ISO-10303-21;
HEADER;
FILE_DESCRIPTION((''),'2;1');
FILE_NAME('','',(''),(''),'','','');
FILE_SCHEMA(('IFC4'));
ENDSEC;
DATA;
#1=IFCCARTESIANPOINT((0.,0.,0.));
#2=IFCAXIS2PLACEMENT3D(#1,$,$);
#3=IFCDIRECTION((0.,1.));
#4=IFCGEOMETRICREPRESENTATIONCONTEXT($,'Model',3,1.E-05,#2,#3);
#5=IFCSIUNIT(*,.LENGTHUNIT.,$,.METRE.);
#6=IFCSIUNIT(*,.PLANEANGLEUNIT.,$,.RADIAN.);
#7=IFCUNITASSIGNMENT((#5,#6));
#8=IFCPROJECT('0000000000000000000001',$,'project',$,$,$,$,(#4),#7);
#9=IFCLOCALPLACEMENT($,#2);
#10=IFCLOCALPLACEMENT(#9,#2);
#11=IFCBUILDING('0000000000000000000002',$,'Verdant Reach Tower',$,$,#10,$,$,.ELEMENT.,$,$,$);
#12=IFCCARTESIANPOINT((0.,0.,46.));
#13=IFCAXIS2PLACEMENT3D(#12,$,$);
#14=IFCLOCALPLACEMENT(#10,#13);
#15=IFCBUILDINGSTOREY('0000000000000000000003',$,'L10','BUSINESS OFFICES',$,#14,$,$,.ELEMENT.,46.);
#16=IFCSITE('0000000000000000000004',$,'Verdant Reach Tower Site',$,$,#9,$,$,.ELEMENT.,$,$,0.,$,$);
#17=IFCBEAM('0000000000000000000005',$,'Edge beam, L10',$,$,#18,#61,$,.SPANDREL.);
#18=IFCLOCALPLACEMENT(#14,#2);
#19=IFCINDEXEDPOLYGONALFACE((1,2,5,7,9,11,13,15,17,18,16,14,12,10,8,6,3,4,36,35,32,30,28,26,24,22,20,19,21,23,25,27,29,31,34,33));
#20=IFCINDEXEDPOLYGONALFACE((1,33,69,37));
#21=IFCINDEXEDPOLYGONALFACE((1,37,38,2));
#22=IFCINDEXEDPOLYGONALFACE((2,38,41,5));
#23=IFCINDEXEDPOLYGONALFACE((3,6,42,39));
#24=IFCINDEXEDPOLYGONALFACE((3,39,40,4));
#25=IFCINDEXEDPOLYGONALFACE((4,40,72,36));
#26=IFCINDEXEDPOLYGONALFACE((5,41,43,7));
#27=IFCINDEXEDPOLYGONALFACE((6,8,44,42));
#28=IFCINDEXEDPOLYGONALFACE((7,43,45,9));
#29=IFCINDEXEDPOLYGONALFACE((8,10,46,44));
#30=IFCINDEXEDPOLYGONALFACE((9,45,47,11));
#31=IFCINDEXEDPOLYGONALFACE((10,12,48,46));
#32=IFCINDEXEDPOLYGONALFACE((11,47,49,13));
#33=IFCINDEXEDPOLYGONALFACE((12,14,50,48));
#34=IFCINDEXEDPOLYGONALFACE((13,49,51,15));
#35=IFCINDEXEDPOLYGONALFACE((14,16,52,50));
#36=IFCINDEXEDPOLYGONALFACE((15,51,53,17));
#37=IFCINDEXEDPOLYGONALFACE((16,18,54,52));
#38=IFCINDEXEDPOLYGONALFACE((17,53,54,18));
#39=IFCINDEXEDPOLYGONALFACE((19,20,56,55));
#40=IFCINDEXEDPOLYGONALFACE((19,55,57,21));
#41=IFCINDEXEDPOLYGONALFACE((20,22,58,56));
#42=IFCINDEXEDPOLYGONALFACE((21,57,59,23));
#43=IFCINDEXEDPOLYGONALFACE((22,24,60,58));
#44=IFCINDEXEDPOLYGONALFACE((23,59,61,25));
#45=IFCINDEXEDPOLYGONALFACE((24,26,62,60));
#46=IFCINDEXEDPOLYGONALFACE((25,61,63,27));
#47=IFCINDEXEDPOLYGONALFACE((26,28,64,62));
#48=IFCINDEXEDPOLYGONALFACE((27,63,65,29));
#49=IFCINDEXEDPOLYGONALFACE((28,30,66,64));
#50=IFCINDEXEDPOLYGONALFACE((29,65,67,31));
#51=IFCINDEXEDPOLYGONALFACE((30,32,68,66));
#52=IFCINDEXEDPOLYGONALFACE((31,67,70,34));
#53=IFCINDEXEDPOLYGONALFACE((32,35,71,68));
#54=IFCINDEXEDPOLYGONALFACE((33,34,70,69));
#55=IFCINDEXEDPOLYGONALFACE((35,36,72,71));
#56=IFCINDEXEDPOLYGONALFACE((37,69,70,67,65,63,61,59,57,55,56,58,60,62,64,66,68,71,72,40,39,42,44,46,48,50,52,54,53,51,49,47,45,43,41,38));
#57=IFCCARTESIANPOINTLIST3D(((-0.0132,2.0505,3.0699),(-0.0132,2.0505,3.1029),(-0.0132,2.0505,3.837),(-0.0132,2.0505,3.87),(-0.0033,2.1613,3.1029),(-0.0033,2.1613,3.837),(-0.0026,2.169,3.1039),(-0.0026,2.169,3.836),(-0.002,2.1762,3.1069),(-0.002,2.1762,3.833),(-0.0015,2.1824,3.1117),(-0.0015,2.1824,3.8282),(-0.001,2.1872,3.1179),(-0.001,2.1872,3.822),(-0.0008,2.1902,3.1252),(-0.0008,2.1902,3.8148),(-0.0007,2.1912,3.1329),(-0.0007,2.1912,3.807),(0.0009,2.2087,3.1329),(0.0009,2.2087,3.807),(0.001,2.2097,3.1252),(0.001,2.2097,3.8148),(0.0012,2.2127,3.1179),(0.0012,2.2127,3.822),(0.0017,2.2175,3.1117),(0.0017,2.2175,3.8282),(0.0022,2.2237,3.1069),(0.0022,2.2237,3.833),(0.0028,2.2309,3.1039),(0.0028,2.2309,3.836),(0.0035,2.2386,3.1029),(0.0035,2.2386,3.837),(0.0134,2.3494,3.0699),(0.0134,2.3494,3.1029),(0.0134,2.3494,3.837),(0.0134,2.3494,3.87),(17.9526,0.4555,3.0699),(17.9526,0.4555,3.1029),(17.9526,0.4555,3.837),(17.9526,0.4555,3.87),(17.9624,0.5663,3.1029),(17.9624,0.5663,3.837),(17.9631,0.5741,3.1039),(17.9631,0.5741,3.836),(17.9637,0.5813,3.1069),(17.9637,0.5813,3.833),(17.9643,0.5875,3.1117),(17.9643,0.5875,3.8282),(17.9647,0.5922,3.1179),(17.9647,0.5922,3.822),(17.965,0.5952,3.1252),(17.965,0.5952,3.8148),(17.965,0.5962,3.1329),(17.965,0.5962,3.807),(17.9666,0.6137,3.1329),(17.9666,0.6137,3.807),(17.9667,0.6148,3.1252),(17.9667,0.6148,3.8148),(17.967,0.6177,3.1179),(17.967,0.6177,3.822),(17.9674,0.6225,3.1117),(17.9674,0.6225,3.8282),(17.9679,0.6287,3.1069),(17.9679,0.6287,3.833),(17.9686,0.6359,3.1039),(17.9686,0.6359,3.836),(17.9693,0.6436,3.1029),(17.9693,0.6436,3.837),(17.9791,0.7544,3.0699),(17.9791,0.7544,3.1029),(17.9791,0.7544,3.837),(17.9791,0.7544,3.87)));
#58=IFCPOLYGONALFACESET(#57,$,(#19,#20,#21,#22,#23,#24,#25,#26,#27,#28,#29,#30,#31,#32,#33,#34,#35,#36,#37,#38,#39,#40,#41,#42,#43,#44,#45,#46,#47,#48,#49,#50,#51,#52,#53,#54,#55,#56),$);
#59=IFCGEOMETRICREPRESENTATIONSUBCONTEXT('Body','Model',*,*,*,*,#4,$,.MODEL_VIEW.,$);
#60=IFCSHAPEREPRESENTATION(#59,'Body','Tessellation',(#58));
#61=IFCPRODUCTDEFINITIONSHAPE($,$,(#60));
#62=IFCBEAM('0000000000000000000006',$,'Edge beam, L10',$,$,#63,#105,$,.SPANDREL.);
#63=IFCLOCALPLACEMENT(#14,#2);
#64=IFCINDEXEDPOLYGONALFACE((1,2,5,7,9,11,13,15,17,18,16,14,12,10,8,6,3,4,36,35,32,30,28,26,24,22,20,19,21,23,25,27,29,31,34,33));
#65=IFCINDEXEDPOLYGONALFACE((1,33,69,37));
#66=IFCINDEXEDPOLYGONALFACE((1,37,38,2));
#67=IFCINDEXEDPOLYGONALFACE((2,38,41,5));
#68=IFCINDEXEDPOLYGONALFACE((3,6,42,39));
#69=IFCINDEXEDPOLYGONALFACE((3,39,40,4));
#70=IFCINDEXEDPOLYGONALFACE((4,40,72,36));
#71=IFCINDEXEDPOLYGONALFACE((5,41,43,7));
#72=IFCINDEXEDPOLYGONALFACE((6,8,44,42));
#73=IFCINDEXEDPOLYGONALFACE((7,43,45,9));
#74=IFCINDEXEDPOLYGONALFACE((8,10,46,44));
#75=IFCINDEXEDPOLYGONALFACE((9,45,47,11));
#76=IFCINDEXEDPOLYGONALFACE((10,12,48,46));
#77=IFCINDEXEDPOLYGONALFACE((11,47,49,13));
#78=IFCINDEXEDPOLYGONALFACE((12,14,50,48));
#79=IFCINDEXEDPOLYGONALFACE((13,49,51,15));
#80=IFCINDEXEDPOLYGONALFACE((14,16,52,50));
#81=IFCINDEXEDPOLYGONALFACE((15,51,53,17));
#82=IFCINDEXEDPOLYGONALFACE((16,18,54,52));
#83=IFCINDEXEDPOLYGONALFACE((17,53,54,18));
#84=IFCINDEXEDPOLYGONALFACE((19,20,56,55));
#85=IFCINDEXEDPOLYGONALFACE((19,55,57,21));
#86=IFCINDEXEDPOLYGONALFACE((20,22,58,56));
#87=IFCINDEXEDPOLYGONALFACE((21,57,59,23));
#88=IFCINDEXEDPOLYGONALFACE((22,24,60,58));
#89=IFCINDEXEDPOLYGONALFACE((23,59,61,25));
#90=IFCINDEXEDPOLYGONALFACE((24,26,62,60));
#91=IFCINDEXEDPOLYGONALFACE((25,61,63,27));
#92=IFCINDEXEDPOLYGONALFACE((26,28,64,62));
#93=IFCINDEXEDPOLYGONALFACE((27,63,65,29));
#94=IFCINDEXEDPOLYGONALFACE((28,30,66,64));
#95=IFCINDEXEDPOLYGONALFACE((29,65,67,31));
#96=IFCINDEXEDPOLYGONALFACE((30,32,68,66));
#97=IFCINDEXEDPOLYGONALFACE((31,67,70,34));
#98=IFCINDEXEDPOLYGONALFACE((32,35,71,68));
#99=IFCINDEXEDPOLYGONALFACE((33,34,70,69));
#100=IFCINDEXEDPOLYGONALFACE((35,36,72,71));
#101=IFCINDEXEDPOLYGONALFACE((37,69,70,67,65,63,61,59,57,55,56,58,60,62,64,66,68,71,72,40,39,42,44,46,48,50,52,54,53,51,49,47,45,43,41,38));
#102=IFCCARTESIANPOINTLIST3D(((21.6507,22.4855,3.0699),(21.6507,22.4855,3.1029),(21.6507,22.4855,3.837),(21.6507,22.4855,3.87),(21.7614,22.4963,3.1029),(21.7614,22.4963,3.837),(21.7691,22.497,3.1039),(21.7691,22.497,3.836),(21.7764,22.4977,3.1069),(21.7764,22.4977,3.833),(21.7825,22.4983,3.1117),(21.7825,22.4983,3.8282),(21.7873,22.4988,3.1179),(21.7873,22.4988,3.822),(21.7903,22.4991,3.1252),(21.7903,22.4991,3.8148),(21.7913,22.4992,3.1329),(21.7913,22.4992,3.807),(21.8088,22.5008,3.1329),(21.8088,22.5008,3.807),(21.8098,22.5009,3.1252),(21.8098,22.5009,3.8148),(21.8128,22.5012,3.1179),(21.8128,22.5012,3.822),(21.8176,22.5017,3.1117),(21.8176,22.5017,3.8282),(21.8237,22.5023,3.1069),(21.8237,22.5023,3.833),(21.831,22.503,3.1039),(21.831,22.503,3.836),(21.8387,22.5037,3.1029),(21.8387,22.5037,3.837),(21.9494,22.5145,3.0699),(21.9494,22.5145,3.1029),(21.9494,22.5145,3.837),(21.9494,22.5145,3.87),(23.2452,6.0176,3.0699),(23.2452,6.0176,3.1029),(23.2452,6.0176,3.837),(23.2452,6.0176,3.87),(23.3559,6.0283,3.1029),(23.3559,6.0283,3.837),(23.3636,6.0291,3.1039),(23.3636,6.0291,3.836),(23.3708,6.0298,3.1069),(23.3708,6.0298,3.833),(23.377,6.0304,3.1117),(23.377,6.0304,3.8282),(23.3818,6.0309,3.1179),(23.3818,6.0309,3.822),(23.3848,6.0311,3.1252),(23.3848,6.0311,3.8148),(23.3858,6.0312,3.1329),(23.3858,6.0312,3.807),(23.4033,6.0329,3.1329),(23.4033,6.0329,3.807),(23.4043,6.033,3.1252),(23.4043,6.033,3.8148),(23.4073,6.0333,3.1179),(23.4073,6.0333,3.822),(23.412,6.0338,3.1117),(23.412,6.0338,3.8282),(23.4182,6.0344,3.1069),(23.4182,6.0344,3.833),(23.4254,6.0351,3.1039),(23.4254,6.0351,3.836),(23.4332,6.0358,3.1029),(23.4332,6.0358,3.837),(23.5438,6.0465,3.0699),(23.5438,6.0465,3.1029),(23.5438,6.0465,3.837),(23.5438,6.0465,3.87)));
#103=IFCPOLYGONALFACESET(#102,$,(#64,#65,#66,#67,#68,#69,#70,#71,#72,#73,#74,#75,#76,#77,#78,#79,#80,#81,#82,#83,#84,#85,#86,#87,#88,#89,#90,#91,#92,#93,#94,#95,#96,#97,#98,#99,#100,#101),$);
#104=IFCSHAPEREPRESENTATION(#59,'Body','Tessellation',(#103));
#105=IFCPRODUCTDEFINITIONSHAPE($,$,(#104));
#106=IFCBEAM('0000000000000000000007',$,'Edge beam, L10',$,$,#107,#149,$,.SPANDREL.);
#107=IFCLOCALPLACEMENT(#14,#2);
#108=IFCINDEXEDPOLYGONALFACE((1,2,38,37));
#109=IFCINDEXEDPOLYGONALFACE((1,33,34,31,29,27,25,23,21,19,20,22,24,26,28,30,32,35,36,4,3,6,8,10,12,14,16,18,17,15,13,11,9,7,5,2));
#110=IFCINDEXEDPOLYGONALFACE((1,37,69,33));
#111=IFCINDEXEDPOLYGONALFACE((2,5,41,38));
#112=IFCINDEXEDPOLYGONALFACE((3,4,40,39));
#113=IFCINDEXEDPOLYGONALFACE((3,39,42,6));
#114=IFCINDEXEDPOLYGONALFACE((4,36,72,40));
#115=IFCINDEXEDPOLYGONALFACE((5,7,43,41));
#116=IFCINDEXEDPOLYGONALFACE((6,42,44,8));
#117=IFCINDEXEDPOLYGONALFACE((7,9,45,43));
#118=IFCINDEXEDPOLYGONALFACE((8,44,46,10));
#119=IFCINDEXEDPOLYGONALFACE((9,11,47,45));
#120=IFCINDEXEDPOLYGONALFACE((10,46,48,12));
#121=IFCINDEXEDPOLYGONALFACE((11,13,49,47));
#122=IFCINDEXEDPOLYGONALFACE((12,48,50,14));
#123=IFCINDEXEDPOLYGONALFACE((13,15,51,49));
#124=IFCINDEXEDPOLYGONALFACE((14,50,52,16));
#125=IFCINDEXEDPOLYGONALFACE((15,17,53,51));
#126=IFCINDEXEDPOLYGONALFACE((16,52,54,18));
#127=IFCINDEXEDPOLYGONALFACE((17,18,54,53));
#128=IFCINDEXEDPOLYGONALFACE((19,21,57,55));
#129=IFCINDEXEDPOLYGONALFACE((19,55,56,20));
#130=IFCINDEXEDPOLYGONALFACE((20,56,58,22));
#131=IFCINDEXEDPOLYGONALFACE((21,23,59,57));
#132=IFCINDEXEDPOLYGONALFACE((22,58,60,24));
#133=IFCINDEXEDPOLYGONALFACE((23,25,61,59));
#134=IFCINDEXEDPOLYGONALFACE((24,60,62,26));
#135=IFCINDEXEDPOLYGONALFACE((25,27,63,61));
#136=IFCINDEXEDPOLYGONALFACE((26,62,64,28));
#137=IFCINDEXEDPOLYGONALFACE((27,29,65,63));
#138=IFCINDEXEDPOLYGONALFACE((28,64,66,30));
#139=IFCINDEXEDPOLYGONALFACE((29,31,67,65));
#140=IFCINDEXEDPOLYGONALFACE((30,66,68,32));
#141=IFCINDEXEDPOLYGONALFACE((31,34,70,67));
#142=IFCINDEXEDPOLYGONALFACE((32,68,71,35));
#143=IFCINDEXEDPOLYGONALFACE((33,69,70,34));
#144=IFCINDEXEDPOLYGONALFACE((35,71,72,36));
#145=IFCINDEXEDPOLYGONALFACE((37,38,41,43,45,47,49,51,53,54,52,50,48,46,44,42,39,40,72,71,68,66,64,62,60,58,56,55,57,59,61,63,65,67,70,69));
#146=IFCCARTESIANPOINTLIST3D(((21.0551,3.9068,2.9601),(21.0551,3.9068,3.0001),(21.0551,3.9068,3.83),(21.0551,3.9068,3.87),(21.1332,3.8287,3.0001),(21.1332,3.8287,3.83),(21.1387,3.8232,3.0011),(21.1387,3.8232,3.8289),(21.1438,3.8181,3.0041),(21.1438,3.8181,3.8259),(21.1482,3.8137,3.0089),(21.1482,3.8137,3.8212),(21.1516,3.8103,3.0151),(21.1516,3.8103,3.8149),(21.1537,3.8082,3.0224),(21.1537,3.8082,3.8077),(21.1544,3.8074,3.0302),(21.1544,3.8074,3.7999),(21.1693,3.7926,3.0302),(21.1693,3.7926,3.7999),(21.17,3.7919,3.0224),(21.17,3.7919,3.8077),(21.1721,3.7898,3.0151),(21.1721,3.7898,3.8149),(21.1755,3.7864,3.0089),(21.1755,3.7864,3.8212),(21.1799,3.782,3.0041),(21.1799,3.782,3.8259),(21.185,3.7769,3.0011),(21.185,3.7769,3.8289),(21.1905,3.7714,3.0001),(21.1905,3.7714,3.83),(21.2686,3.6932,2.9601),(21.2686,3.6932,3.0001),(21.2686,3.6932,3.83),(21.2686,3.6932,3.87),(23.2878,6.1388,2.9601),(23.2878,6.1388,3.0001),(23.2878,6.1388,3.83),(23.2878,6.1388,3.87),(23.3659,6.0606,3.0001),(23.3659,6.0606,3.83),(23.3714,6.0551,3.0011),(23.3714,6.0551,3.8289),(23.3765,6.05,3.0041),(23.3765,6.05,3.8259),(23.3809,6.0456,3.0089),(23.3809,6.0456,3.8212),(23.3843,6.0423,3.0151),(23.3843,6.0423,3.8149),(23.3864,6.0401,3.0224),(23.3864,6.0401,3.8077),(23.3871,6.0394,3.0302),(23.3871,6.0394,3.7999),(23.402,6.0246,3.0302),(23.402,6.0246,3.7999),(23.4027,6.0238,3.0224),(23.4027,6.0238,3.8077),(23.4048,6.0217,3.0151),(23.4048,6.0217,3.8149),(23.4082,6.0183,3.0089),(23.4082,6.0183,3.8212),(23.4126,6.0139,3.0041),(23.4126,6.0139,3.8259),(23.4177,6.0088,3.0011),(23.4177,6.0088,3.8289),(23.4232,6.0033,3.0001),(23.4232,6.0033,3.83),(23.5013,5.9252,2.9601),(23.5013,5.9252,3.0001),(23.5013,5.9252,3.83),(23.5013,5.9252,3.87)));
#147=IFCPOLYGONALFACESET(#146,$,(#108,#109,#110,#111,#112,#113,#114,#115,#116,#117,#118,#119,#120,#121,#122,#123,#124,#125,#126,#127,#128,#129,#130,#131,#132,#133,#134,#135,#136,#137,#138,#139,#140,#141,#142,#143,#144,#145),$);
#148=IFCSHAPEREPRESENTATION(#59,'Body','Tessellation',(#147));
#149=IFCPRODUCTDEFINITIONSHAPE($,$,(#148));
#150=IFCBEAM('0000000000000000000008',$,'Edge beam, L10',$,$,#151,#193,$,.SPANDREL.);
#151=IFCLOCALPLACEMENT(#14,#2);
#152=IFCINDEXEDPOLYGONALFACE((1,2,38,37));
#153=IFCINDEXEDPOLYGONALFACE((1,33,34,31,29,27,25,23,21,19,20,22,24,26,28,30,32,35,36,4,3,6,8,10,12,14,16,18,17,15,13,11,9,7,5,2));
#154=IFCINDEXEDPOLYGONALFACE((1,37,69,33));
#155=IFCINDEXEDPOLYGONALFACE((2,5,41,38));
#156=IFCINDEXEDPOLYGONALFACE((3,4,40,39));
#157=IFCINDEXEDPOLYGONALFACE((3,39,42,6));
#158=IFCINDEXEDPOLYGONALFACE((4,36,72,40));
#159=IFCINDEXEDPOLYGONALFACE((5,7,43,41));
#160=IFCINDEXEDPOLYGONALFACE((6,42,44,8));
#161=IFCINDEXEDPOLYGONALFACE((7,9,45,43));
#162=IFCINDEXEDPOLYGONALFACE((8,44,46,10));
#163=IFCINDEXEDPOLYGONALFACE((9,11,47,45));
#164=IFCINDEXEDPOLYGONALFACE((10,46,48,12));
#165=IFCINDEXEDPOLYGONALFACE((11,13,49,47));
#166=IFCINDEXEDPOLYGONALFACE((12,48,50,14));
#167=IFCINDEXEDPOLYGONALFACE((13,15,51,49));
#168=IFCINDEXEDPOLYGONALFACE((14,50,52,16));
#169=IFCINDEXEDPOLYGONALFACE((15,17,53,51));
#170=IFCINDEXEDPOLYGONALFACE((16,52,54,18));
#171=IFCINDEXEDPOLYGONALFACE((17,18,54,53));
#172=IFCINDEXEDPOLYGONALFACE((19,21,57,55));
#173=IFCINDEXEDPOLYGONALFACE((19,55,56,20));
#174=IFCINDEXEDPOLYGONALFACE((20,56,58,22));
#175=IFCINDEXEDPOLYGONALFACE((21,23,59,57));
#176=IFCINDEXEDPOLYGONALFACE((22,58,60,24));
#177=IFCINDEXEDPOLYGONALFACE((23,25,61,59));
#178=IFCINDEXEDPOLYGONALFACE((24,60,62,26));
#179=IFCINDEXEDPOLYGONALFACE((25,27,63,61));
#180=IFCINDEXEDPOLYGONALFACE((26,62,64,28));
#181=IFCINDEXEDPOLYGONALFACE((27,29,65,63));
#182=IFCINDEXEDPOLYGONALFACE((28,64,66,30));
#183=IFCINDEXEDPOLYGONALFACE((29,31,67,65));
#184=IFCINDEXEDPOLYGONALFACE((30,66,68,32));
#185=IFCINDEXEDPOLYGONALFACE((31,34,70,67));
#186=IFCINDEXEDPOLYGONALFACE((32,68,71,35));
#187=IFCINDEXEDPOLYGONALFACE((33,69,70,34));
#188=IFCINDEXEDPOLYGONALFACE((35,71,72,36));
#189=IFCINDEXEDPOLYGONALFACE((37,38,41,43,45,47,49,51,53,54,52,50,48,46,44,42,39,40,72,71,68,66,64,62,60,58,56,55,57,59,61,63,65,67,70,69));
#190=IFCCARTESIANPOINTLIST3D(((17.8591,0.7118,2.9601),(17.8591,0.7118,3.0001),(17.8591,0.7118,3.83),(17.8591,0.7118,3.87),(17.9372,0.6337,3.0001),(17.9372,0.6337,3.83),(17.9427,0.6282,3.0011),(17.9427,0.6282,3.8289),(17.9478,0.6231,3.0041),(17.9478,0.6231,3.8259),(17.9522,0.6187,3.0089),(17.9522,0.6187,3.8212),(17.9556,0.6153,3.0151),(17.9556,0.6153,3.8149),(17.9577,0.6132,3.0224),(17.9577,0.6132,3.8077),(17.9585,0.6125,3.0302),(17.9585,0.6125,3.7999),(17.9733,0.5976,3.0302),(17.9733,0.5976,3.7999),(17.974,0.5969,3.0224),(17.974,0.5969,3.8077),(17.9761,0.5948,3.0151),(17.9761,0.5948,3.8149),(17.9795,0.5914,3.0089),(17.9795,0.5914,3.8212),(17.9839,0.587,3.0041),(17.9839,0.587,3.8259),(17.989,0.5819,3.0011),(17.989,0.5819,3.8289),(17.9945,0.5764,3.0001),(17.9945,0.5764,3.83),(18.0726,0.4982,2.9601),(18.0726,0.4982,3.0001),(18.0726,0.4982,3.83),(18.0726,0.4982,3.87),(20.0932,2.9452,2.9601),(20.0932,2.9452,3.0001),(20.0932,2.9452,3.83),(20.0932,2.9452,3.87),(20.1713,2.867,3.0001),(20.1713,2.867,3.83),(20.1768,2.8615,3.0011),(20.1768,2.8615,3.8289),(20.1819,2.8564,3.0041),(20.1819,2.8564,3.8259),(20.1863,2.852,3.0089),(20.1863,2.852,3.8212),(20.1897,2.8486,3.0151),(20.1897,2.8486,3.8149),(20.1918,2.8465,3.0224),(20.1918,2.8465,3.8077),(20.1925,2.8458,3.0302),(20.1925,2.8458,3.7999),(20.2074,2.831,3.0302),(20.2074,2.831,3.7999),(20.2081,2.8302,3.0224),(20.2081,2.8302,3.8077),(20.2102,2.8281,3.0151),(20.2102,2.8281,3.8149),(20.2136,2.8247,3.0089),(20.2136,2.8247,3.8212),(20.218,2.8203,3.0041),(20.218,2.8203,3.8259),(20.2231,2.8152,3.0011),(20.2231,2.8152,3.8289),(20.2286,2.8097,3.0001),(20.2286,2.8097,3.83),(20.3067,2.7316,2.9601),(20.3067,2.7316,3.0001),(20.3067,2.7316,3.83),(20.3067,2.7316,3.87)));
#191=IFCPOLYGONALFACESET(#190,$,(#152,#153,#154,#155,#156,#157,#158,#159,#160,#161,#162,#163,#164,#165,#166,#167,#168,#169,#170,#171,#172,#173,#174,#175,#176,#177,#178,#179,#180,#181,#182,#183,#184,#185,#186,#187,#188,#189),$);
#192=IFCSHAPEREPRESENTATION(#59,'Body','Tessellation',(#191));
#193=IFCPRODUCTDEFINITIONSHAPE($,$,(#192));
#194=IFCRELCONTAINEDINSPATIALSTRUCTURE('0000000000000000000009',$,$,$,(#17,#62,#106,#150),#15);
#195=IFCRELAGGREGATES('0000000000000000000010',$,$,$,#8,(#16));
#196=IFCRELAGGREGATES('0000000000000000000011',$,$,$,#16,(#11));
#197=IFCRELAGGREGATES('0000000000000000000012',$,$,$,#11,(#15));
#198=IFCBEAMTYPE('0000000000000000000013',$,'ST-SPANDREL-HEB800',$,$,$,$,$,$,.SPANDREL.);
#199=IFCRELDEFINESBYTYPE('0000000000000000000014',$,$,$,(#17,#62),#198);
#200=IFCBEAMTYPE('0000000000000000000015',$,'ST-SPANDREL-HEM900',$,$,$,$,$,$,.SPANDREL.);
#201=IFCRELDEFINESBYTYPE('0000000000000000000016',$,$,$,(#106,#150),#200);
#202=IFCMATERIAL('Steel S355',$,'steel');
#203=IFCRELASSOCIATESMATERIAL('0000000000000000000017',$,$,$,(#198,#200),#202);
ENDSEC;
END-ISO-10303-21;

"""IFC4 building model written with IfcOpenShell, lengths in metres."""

from ifc_helpers import new_model, si_unit, direction, frame, origin, origin_2d, place, context, subcontext, project, spatial, i_section, extrude, material, material_profile, profile_set, type_object, element, save


model = new_model("IFC4")

# Units and contexts
model_context = context("Model", 3, precision=1e-05, world=origin(), true_north=direction((0.0, 1.0)))
body_context = subcontext(model_context, "Body", "Model", "MODEL_VIEW")
ifc_project = project(units=[si_unit("LENGTHUNIT", "METRE"), si_unit("PLANEANGLEUNIT", "RADIAN")], contexts=[model_context])

# Site, building, storey
site_placement = place(None, origin())
site = spatial("IfcSite", under=ifc_project, at=site_placement, Name="Verdant Reach Tower Site", CompositionType="ELEMENT", RefElevation=0.0)
building_placement = place(site_placement, origin())
building = spatial("IfcBuilding", under=site, at=building_placement, Name="Verdant Reach Tower", CompositionType="ELEMENT")
storey_placement = place(building_placement, frame((0.0, 0.0, 46.0)))
storey = spatial("IfcBuildingStorey", under=building, at=storey_placement, Name="L10", Description="BUSINESS OFFICES", CompositionType="ELEMENT", Elevation=46.0)

# Beams
ifc_material_1 = material(Name="Steel S355", Category="steel")
ifc_material_profile_1 = material_profile(ifc_material_1, i_section(OverallWidth=0.3, OverallDepth=0.8, WebThickness=0.0176, FlangeThickness=0.033, FilletRadius=0.03, at=origin_2d()), Name="HEB 800")
ifc_profile_set_1 = profile_set([ifc_material_profile_1], Name="Steel S355")
beam_type_1 = type_object("IfcBeamType", Name="ST-SPANDREL-HEB800", PredefinedType="SPANDREL", material=ifc_profile_set_1)
beam_1_placement = place(storey_placement, frame((17.9658, 0.605, 3.47), z_axis=(-0.996082, 0.08843, 0.0), x_axis=(-0.08843, -0.996082, 0.0)))
element("IfcBeam", 1, at=beam_1_placement, inside=storey, type_object=beam_type_1, Name="Edge beam, L10", PredefinedType="SPANDREL", context=body_context, shape_type="SweptSolid", body=[
    extrude(i_section(OverallWidth=0.3, OverallDepth=0.8, WebThickness=0.0176, FlangeThickness=0.033, FilletRadius=0.03, at=origin_2d()), origin(), (0.0, 0.0, 1.0), 18.0364),
])
beam_2_placement = place(storey_placement, frame((21.8, 22.5, 3.47), z_axis=(0.096372, -0.995345, 0.0), x_axis=(0.995345, 0.096372, 0.0)))
element("IfcBeam", 2, at=beam_2_placement, inside=storey, type_object=beam_type_1, Name="Edge beam, L10", PredefinedType="SPANDREL", context=body_context, shape_type="SweptSolid", body=[
    extrude(i_section(OverallWidth=0.3, OverallDepth=0.8, WebThickness=0.0176, FlangeThickness=0.033, FilletRadius=0.03, at=origin_2d()), origin(), (0.0, 0.0, 1.0), 16.5449),
])
ifc_material_profile_2 = material_profile(ifc_material_1, i_section(OverallWidth=0.302, OverallDepth=0.9099, WebThickness=0.021, FlangeThickness=0.04, FilletRadius=0.03, at=origin_2d()), Name="HEM 900")
ifc_profile_set_2 = profile_set([ifc_material_profile_2], Name="Steel S355")
beam_type_2 = type_object("IfcBeamType", Name="ST-SPANDREL-HEM900", PredefinedType="SPANDREL", material=ifc_profile_set_2)
beam_3_placement = place(storey_placement, frame((23.3945, 6.032, 3.415), z_axis=(-0.707223, -0.706991, 0.0), x_axis=(0.706991, -0.707223, 0.0)))
element("IfcBeam", 3, at=beam_3_placement, inside=storey, type_object=beam_type_2, Name="Edge beam, L10", PredefinedType="SPANDREL", context=body_context, shape_type="SweptSolid", body=[
    extrude(i_section(OverallWidth=0.302, OverallDepth=0.9099, WebThickness=0.021, FlangeThickness=0.04, FilletRadius=0.03, at=origin_2d()), origin(), (0.0, 0.0, 1.0), 3.157),
])
beam_4_placement = place(storey_placement, frame((20.2, 2.8384, 3.415), z_axis=(-0.707223, -0.706991, 0.0), x_axis=(0.706991, -0.707223, 0.0)))
element("IfcBeam", 4, at=beam_4_placement, inside=storey, type_object=beam_type_2, Name="Edge beam, L10", PredefinedType="SPANDREL", context=body_context, shape_type="SweptSolid", body=[
    extrude(i_section(OverallWidth=0.302, OverallDepth=0.9099, WebThickness=0.021, FlangeThickness=0.04, FilletRadius=0.03, at=origin_2d()), origin(), (0.0, 0.0, 1.0), 3.1589),
])

save(model, "model.ifc")
